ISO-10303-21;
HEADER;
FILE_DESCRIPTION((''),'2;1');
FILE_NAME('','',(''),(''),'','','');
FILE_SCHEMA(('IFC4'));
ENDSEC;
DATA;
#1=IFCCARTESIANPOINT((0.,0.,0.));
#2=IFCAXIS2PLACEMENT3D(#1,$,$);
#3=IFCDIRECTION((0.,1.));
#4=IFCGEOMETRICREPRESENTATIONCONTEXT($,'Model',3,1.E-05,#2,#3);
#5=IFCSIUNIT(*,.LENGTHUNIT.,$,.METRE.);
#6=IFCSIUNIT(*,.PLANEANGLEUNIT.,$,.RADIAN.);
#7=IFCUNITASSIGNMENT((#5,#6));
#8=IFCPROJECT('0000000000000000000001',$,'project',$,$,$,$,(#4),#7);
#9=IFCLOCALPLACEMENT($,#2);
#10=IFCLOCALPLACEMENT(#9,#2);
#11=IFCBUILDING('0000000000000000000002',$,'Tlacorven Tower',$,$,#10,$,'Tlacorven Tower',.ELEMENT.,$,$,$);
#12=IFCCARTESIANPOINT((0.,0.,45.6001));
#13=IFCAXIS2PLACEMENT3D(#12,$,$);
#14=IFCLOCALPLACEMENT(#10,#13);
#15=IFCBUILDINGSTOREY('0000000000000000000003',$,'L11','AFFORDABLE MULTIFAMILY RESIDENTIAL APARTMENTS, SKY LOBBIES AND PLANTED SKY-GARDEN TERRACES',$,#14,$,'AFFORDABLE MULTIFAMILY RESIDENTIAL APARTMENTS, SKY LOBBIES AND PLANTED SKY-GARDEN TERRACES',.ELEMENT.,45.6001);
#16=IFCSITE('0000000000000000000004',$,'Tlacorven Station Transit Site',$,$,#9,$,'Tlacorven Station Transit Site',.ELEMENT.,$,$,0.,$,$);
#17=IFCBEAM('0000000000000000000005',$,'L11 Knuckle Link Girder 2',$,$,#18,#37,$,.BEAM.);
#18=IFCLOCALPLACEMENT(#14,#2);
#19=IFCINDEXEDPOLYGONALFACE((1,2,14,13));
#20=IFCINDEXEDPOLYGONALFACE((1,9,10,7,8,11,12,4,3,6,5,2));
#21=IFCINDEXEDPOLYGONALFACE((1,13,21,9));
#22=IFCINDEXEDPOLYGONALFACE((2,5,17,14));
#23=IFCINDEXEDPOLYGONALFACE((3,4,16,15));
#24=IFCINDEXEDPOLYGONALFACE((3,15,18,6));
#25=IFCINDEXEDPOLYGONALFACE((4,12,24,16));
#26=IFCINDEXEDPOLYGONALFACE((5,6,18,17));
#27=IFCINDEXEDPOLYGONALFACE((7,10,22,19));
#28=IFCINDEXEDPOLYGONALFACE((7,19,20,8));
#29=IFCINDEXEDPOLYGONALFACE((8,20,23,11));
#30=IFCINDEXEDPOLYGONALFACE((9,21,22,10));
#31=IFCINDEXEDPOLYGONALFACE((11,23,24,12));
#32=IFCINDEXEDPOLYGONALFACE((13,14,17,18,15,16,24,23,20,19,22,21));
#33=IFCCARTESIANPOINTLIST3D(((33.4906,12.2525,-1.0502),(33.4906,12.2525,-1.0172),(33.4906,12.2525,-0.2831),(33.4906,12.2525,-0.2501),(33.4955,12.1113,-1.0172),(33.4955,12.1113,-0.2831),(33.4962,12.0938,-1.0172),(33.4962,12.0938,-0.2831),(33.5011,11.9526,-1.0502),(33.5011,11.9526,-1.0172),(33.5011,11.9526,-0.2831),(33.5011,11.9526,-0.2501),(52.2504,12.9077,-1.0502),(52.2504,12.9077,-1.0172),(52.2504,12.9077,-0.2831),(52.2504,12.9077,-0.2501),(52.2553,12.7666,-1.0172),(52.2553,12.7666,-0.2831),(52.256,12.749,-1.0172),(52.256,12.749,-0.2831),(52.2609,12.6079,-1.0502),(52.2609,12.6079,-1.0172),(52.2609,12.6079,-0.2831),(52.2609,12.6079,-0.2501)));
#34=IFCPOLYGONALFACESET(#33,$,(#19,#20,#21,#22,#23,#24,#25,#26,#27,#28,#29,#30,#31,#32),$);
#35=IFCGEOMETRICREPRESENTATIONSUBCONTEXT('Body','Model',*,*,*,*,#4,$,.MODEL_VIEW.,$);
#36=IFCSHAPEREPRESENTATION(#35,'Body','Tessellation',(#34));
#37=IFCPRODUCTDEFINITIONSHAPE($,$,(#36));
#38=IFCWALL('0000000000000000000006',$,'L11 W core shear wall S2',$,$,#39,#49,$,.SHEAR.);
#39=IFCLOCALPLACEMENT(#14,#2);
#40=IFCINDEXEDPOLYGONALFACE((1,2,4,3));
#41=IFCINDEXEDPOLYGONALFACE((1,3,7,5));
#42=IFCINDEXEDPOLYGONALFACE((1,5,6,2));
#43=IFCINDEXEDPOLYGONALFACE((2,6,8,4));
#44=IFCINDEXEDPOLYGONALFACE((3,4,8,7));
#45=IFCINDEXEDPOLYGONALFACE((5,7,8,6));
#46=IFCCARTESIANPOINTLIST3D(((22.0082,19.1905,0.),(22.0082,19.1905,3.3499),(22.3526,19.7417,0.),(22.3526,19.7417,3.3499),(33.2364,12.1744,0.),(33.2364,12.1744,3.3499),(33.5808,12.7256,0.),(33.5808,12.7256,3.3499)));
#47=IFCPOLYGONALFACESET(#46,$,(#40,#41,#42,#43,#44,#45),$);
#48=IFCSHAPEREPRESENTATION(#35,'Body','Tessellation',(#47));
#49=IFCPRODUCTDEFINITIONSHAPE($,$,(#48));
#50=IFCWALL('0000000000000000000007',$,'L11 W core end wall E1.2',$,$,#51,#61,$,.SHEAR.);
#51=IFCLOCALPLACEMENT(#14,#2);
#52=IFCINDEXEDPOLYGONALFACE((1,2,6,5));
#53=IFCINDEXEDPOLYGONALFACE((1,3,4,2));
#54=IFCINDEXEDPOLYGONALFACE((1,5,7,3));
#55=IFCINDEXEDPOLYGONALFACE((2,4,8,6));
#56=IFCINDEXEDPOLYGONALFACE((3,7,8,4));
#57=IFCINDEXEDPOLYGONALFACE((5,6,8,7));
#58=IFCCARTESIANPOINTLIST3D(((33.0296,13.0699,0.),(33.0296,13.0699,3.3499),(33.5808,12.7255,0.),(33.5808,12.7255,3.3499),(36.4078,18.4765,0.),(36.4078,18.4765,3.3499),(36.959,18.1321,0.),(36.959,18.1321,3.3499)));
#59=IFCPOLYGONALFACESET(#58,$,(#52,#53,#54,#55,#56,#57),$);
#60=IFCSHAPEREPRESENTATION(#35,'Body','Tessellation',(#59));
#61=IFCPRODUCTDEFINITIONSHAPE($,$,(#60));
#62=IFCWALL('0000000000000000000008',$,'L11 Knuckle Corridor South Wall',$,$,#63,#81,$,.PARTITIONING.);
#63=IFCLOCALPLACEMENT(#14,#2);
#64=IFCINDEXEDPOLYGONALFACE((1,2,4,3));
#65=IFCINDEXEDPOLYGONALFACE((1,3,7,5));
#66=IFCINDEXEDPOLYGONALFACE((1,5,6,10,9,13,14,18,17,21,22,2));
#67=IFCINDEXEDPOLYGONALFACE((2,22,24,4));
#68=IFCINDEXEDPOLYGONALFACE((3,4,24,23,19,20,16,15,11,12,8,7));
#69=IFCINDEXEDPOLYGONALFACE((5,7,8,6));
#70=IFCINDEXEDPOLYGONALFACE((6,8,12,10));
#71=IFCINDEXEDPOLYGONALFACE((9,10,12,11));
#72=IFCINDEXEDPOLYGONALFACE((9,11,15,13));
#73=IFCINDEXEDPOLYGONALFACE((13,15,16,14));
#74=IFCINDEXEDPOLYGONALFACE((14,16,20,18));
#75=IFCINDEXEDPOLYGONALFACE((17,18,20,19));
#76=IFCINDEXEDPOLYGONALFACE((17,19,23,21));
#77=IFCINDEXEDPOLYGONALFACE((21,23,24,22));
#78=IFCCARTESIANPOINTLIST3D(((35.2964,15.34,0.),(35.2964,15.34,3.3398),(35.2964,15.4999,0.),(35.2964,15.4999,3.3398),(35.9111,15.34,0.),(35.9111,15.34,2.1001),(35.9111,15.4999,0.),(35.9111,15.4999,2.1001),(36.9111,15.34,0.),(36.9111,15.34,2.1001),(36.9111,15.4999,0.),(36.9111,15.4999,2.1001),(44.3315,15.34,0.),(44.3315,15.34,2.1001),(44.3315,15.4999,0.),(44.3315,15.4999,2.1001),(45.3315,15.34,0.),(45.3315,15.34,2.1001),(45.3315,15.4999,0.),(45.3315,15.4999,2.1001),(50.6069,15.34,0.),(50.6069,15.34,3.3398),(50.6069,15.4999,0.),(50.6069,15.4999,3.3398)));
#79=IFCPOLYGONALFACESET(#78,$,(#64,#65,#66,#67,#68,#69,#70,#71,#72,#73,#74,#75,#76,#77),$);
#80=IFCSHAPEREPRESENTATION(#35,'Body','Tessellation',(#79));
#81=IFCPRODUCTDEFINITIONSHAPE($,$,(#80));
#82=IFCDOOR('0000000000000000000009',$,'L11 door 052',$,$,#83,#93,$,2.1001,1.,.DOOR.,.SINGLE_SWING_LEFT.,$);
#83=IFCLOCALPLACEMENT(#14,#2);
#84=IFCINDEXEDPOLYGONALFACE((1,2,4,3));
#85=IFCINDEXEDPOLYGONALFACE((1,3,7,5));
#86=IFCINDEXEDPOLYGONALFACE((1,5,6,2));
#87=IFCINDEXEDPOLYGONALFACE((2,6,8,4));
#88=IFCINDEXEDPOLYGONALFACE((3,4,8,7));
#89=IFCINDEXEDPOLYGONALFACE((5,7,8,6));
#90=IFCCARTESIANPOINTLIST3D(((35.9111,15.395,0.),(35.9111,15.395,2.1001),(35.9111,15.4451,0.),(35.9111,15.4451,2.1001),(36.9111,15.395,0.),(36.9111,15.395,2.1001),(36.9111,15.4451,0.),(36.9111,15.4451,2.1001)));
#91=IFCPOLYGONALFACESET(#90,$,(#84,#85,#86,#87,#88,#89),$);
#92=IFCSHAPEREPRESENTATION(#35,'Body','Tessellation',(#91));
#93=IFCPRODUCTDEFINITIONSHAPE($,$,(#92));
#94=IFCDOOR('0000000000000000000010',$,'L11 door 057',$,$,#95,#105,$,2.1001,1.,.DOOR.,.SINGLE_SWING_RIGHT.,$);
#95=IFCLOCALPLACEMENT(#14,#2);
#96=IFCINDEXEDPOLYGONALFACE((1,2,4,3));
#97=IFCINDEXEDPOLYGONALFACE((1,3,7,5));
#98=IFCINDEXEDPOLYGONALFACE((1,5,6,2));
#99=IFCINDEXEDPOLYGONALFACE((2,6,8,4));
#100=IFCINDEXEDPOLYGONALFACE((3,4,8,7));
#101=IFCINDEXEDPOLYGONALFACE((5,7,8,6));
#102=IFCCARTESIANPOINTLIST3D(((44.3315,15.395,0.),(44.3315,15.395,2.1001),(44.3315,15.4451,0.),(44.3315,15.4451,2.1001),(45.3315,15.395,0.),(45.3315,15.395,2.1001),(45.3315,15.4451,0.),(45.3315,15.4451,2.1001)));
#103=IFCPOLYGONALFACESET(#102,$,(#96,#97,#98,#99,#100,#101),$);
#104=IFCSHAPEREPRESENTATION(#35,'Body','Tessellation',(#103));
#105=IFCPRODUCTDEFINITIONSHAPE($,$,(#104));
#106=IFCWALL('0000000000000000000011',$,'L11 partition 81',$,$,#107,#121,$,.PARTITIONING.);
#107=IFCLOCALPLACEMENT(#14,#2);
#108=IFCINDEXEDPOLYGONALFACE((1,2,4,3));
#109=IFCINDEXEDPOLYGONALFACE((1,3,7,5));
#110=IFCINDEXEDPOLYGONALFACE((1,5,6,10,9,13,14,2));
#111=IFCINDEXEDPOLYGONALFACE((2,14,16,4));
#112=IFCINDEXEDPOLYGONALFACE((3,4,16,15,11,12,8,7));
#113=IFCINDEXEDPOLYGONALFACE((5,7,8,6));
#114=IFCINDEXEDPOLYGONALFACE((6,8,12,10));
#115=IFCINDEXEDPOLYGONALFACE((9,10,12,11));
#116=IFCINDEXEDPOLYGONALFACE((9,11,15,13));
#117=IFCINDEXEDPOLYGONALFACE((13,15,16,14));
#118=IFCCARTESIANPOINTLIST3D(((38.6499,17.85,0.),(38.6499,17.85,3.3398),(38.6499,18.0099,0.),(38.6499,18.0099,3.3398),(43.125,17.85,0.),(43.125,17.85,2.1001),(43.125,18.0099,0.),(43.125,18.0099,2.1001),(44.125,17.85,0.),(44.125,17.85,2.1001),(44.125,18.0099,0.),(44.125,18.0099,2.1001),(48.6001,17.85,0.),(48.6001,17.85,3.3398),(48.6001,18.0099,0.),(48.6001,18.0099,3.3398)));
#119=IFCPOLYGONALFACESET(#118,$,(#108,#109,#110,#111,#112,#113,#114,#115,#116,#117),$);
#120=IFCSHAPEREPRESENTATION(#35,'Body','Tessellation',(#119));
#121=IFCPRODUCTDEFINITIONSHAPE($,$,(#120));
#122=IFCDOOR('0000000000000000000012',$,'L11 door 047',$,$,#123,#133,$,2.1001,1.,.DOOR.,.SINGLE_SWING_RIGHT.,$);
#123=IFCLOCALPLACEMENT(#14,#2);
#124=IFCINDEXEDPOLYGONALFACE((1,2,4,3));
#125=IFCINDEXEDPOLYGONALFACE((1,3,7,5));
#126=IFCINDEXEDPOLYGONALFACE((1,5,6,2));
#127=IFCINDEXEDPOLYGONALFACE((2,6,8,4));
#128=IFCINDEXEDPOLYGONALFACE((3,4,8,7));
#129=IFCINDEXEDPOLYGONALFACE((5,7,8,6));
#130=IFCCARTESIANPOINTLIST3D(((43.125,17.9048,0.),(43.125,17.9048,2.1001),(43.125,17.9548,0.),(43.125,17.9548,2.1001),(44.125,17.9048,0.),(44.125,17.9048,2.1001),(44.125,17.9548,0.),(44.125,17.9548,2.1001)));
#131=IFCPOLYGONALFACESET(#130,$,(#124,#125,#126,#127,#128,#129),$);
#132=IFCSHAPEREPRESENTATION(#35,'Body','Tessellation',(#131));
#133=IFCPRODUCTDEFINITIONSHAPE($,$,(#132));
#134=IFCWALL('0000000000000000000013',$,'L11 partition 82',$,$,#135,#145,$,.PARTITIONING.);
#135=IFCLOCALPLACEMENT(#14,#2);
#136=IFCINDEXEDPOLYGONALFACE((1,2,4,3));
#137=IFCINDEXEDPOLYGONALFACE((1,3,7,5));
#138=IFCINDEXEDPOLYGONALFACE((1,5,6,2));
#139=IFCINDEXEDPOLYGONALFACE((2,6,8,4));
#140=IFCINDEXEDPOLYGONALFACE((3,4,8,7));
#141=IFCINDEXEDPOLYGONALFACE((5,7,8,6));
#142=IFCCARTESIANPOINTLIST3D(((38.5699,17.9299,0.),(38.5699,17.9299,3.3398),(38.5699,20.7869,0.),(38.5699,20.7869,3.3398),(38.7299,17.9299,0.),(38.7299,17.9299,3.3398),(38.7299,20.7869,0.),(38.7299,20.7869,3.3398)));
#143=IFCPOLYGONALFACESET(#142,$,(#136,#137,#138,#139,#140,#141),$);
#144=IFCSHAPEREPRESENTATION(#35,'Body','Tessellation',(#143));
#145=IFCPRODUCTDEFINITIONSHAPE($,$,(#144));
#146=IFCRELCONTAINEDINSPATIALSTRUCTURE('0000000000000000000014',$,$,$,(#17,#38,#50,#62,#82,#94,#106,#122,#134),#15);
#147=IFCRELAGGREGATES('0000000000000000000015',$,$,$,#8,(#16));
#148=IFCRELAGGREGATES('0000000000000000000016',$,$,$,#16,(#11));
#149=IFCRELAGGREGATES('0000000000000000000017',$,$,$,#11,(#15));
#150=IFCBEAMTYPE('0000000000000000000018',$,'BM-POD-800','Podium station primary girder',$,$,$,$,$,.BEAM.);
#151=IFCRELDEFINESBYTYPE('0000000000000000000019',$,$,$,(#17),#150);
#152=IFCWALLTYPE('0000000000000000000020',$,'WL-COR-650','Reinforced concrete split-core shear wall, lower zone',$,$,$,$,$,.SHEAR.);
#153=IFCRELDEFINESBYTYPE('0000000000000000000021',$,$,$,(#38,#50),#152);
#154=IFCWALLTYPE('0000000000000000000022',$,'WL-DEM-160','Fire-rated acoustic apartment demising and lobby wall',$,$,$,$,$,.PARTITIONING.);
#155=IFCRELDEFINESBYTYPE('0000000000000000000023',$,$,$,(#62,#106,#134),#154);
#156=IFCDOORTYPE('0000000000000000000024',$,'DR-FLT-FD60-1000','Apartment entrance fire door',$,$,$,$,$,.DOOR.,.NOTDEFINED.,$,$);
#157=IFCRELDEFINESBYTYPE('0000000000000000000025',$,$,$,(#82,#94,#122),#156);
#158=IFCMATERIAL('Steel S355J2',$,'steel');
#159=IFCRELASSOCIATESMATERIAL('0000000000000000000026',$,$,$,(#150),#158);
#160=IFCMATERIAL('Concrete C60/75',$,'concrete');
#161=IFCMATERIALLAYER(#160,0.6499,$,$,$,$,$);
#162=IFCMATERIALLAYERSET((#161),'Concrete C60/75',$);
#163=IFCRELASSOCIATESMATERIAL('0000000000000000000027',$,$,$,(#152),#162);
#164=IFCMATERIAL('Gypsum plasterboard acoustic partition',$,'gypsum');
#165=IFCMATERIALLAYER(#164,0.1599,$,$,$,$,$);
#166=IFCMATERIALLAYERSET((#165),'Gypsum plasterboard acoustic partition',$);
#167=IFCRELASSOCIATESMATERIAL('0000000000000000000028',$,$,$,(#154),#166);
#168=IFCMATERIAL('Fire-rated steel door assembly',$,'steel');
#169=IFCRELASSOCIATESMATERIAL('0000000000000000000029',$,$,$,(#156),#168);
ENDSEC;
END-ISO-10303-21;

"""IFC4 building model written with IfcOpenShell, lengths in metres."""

from ifc_helpers import new_model, si_unit, direction, frame, frame_2d, origin, origin_2d, place, context, subcontext, project, spatial, rectangle, i_section, extrude, source, transform, mapped, material, layer, layer_set, material_profile, profile_set, type_object, element, fill, save


model = new_model("IFC4")

# Units and contexts
model_context = context("Model", 3, precision=1e-05, world=origin(), true_north=direction((0.0, 1.0)))
body_context = subcontext(model_context, "Body", "Model", "MODEL_VIEW")
ifc_project = project(units=[si_unit("LENGTHUNIT", "METRE"), si_unit("PLANEANGLEUNIT", "RADIAN")], contexts=[model_context])

# Site, building, storey
site_placement = place(None, origin())
site = spatial("IfcSite", under=ifc_project, at=site_placement, Name="Tlacorven Station Transit Site", LongName="Tlacorven Station Transit Site", CompositionType="ELEMENT", RefElevation=0.0)
building_placement = place(site_placement, origin())
building = spatial("IfcBuilding", under=site, at=building_placement, Name="Tlacorven Tower", LongName="Tlacorven Tower", CompositionType="ELEMENT")
storey_placement = place(building_placement, frame((0.0, 0.0, 45.6001)))
storey = spatial("IfcBuildingStorey", under=building, at=storey_placement, Name="L11", Description="AFFORDABLE MULTIFAMILY RESIDENTIAL APARTMENTS, SKY LOBBIES AND PLANTED SKY-GARDEN TERRACES", LongName="AFFORDABLE MULTIFAMILY RESIDENTIAL APARTMENTS, SKY LOBBIES AND PLANTED SKY-GARDEN TERRACES", CompositionType="ELEMENT", Elevation=45.6001)

# Beam
ifc_material_1 = material(Name="Steel S355J2", Category="steel")
ifc_material_profile = material_profile(ifc_material_1, i_section(OverallWidth=0.3, OverallDepth=0.8, WebThickness=0.0176, FlangeThickness=0.033, at=origin_2d()), Name="HEB 800")
ifc_profile_set = profile_set([ifc_material_profile], Name="Steel S355J2")
beam_type = type_object("IfcBeamType", Name="BM-POD-800", Description="Podium station primary girder", PredefinedType="BEAM", material=ifc_profile_set)
shared_shape_1 = source(origin(), body_context, "Body", "SweptSolid", [
    extrude(i_section(OverallWidth=0.3, OverallDepth=0.8, WebThickness=0.0176, FlangeThickness=0.033, at=origin_2d()), origin(), (0.0, 0.0, 1.0), 18.7712),
])
beam_placement = place(storey_placement, frame((33.4958, 12.1025, -0.6501), z_axis=(0.999391, 0.034908, 0.0), x_axis=(-0.034908, 0.999391, 0.0)))
element("IfcBeam", 1, at=beam_placement, inside=storey, type_object=beam_type, Name="L11 Knuckle Link Girder 2", PredefinedType="BEAM", context=body_context, shape_type="MappedRepresentation", body=[
    mapped(shared_shape_1, transform((0.0, 0.0, 0.0), scale=1.0)),
])

# Walls
ifc_material_2 = material(Name="Concrete C60/75", Category="concrete")
ifc_layer_1 = layer(ifc_material_2, 0.6499)
ifc_layer_set_1 = layer_set([ifc_layer_1], Name="Concrete C60/75")
wall_type_1 = type_object("IfcWallType", Name="WL-COR-650", Description="Reinforced concrete split-core shear wall, lower zone", PredefinedType="SHEAR", material=ifc_layer_set_1)
wall_1_placement = place(storey_placement, frame((33.4087, 12.45, 0.0), z_axis=(0.0, 0.0, 1.0), x_axis=(-0.848051, 0.529914, 0.0)))
element("IfcWall", 2, at=wall_1_placement, inside=storey, type_object=wall_type_1, Name="L11 W core shear wall S2", PredefinedType="SHEAR", context=body_context, shape_type="SweptSolid", body=[
    extrude(rectangle(XDim=13.24, YDim=0.6499, at=frame_2d((6.6201, 0.0))), origin(), (0.0, 0.0, 1.0), 3.3499),
])
wall_2_placement = place(storey_placement, frame((36.6833, 18.3042, 0.0), z_axis=(0.0, 0.0, 1.0), x_axis=(-0.529899, -0.848061, 0.0)))
element("IfcWall", 3, at=wall_2_placement, inside=storey, type_object=wall_type_1, Name="L11 W core end wall E1.2", PredefinedType="SHEAR", context=body_context, shape_type="SweptSolid", body=[
    extrude(rectangle(XDim=6.3752, YDim=0.6499, at=frame_2d((3.1875, 0.0))), origin(), (0.0, 0.0, 1.0), 3.3499),
])

# Wall, openings, doors
ifc_material_3 = material(Name="Gypsum plasterboard acoustic partition", Category="gypsum")
ifc_layer_2 = layer(ifc_material_3, 0.1599)
ifc_layer_set_2 = layer_set([ifc_layer_2], Name="Gypsum plasterboard acoustic partition")
wall_type_2 = type_object("IfcWallType", Name="WL-DEM-160", Description="Fire-rated acoustic apartment demising and lobby wall", PredefinedType="PARTITIONING", material=ifc_layer_set_2)
wall_3_placement = place(storey_placement, frame((35.2964, 15.4199, 0.0), z_axis=(0.0, 0.0, 1.0), x_axis=(1.0, 0.0, 0.0)))
wall_3 = element("IfcWall", 4, at=wall_3_placement, inside=storey, type_object=wall_type_2, Name="L11 Knuckle Corridor South Wall", PredefinedType="PARTITIONING", context=body_context, shape_type="SweptSolid", body=[
    extrude(rectangle(XDim=15.3105, YDim=0.1599, at=frame_2d((7.6553, 0.0))), origin(), (0.0, 0.0, 1.0), 3.3398),
])
opening_1_placement = place(wall_3_placement, frame((0.6147, 0.0, 0.0)))
opening_1 = element("IfcOpeningElement", 5, at=opening_1_placement, cuts=wall_3, PredefinedType="OPENING", context=body_context, shape_type="SweptSolid", body=[
    extrude(rectangle(XDim=1.0, YDim=2.1001, at=frame_2d((0.5, 1.05))), frame((0.0, 0.0898, 0.0), z_axis=(0.0, -1.0, 0.0), x_axis=(1.0, 0.0, 0.0)), (0.0, 0.0, 1.0), 0.1799),
])
opening_2_placement = place(wall_3_placement, frame((9.0352, 0.0, 0.0)))
opening_2 = element("IfcOpeningElement", 6, at=opening_2_placement, cuts=wall_3, PredefinedType="OPENING", context=body_context, shape_type="SweptSolid", body=[
    extrude(rectangle(XDim=1.0, YDim=2.1001, at=frame_2d((0.5, 1.05))), frame((0.0, 0.0898, 0.0), z_axis=(0.0, -1.0, 0.0), x_axis=(1.0, 0.0, 0.0)), (0.0, 0.0, 1.0), 0.1799),
])
ifc_material_4 = material(Name="Fire-rated steel door assembly", Category="steel")
door_type_1 = type_object("IfcDoorType", Name="DR-FLT-FD60-1000", Description="Apartment entrance fire door", OperationType="NOTDEFINED", PredefinedType="DOOR", material=ifc_material_4)
shared_shape_2 = source(origin(), body_context, "Body", "SweptSolid", [
    extrude(rectangle(XDim=1.0, YDim=2.1001, at=frame_2d((0.5, 1.05))), frame((0.0, 0.0249, 0.0), z_axis=(0.0, -1.0, 0.0), x_axis=(1.0, 0.0, 0.0)), (0.0, 0.0, 1.0), 0.05),
])
door_1_placement = place(opening_1_placement, frame((1.0, 0.0, 0.0), z_axis=(0.0, 0.0, 1.0), x_axis=(-1.0, 0.0, 0.0)))
door_1 = element("IfcDoor", 7, at=door_1_placement, inside=storey, type_object=door_type_1, Name="L11 door 052", OperationType="SINGLE_SWING_LEFT", OverallHeight=2.1001, OverallWidth=1.0, PredefinedType="DOOR", context=body_context, shape_type="MappedRepresentation", body=[
    mapped(shared_shape_2, transform((0.0, 0.0, 0.0), scale=1.0)),
])
fill(opening_1, door_1)
door_2_placement = place(opening_2_placement, frame((1.0, 0.0, 0.0), z_axis=(0.0, 0.0, 1.0), x_axis=(-1.0, 0.0, 0.0)))
door_2 = element("IfcDoor", 8, at=door_2_placement, inside=storey, type_object=door_type_1, Name="L11 door 057", OperationType="SINGLE_SWING_RIGHT", OverallHeight=2.1001, OverallWidth=1.0, PredefinedType="DOOR", context=body_context, shape_type="MappedRepresentation", body=[
    mapped(shared_shape_2, transform((0.0, 0.0, 0.0), scale=1.0)),
])
fill(opening_2, door_2)

# Wall, opening, door
wall_4_placement = place(storey_placement, frame((38.6499, 17.9299, 0.0), z_axis=(0.0, 0.0, 1.0), x_axis=(1.0, 0.0, 0.0)))
wall_4 = element("IfcWall", 9, at=wall_4_placement, inside=storey, type_object=wall_type_2, Name="L11 partition 81", PredefinedType="PARTITIONING", context=body_context, shape_type="SweptSolid", body=[
    extrude(rectangle(XDim=9.9502, YDim=0.1599, at=frame_2d((4.9751, 0.0))), origin(), (0.0, 0.0, 1.0), 3.3398),
])
opening_3_placement = place(wall_4_placement, frame((4.4751, 0.0, 0.0)))
opening_3 = element("IfcOpeningElement", 10, at=opening_3_placement, cuts=wall_4, PredefinedType="OPENING", context=body_context, shape_type="SweptSolid", body=[
    extrude(rectangle(XDim=1.0, YDim=2.1001, at=frame_2d((0.5, 1.05))), frame((0.0, 0.0898, 0.0), z_axis=(0.0, -1.0, 0.0), x_axis=(1.0, 0.0, 0.0)), (0.0, 0.0, 1.0), 0.1799),
])
door_3_placement = place(opening_3_placement, origin())
door_3 = element("IfcDoor", 11, at=door_3_placement, inside=storey, type_object=door_type_1, Name="L11 door 047", OperationType="SINGLE_SWING_RIGHT", OverallHeight=2.1001, OverallWidth=1.0, PredefinedType="DOOR", context=body_context, shape_type="MappedRepresentation", body=[
    mapped(shared_shape_2, transform((0.0, 0.0, 0.0), scale=1.0)),
])
fill(opening_3, door_3)

# Wall
wall_5_placement = place(storey_placement, frame((38.6499, 17.9299, 0.0), z_axis=(0.0, 0.0, 1.0), x_axis=(0.0, 1.0, 0.0)))
element("IfcWall", 12, at=wall_5_placement, inside=storey, type_object=wall_type_2, Name="L11 partition 82", PredefinedType="PARTITIONING", context=body_context, shape_type="SweptSolid", body=[
    extrude(rectangle(XDim=2.8569, YDim=0.1599, at=frame_2d((1.4285, 0.0))), origin(), (0.0, 0.0, 1.0), 3.3398),
])

save(model, "model.ifc")
